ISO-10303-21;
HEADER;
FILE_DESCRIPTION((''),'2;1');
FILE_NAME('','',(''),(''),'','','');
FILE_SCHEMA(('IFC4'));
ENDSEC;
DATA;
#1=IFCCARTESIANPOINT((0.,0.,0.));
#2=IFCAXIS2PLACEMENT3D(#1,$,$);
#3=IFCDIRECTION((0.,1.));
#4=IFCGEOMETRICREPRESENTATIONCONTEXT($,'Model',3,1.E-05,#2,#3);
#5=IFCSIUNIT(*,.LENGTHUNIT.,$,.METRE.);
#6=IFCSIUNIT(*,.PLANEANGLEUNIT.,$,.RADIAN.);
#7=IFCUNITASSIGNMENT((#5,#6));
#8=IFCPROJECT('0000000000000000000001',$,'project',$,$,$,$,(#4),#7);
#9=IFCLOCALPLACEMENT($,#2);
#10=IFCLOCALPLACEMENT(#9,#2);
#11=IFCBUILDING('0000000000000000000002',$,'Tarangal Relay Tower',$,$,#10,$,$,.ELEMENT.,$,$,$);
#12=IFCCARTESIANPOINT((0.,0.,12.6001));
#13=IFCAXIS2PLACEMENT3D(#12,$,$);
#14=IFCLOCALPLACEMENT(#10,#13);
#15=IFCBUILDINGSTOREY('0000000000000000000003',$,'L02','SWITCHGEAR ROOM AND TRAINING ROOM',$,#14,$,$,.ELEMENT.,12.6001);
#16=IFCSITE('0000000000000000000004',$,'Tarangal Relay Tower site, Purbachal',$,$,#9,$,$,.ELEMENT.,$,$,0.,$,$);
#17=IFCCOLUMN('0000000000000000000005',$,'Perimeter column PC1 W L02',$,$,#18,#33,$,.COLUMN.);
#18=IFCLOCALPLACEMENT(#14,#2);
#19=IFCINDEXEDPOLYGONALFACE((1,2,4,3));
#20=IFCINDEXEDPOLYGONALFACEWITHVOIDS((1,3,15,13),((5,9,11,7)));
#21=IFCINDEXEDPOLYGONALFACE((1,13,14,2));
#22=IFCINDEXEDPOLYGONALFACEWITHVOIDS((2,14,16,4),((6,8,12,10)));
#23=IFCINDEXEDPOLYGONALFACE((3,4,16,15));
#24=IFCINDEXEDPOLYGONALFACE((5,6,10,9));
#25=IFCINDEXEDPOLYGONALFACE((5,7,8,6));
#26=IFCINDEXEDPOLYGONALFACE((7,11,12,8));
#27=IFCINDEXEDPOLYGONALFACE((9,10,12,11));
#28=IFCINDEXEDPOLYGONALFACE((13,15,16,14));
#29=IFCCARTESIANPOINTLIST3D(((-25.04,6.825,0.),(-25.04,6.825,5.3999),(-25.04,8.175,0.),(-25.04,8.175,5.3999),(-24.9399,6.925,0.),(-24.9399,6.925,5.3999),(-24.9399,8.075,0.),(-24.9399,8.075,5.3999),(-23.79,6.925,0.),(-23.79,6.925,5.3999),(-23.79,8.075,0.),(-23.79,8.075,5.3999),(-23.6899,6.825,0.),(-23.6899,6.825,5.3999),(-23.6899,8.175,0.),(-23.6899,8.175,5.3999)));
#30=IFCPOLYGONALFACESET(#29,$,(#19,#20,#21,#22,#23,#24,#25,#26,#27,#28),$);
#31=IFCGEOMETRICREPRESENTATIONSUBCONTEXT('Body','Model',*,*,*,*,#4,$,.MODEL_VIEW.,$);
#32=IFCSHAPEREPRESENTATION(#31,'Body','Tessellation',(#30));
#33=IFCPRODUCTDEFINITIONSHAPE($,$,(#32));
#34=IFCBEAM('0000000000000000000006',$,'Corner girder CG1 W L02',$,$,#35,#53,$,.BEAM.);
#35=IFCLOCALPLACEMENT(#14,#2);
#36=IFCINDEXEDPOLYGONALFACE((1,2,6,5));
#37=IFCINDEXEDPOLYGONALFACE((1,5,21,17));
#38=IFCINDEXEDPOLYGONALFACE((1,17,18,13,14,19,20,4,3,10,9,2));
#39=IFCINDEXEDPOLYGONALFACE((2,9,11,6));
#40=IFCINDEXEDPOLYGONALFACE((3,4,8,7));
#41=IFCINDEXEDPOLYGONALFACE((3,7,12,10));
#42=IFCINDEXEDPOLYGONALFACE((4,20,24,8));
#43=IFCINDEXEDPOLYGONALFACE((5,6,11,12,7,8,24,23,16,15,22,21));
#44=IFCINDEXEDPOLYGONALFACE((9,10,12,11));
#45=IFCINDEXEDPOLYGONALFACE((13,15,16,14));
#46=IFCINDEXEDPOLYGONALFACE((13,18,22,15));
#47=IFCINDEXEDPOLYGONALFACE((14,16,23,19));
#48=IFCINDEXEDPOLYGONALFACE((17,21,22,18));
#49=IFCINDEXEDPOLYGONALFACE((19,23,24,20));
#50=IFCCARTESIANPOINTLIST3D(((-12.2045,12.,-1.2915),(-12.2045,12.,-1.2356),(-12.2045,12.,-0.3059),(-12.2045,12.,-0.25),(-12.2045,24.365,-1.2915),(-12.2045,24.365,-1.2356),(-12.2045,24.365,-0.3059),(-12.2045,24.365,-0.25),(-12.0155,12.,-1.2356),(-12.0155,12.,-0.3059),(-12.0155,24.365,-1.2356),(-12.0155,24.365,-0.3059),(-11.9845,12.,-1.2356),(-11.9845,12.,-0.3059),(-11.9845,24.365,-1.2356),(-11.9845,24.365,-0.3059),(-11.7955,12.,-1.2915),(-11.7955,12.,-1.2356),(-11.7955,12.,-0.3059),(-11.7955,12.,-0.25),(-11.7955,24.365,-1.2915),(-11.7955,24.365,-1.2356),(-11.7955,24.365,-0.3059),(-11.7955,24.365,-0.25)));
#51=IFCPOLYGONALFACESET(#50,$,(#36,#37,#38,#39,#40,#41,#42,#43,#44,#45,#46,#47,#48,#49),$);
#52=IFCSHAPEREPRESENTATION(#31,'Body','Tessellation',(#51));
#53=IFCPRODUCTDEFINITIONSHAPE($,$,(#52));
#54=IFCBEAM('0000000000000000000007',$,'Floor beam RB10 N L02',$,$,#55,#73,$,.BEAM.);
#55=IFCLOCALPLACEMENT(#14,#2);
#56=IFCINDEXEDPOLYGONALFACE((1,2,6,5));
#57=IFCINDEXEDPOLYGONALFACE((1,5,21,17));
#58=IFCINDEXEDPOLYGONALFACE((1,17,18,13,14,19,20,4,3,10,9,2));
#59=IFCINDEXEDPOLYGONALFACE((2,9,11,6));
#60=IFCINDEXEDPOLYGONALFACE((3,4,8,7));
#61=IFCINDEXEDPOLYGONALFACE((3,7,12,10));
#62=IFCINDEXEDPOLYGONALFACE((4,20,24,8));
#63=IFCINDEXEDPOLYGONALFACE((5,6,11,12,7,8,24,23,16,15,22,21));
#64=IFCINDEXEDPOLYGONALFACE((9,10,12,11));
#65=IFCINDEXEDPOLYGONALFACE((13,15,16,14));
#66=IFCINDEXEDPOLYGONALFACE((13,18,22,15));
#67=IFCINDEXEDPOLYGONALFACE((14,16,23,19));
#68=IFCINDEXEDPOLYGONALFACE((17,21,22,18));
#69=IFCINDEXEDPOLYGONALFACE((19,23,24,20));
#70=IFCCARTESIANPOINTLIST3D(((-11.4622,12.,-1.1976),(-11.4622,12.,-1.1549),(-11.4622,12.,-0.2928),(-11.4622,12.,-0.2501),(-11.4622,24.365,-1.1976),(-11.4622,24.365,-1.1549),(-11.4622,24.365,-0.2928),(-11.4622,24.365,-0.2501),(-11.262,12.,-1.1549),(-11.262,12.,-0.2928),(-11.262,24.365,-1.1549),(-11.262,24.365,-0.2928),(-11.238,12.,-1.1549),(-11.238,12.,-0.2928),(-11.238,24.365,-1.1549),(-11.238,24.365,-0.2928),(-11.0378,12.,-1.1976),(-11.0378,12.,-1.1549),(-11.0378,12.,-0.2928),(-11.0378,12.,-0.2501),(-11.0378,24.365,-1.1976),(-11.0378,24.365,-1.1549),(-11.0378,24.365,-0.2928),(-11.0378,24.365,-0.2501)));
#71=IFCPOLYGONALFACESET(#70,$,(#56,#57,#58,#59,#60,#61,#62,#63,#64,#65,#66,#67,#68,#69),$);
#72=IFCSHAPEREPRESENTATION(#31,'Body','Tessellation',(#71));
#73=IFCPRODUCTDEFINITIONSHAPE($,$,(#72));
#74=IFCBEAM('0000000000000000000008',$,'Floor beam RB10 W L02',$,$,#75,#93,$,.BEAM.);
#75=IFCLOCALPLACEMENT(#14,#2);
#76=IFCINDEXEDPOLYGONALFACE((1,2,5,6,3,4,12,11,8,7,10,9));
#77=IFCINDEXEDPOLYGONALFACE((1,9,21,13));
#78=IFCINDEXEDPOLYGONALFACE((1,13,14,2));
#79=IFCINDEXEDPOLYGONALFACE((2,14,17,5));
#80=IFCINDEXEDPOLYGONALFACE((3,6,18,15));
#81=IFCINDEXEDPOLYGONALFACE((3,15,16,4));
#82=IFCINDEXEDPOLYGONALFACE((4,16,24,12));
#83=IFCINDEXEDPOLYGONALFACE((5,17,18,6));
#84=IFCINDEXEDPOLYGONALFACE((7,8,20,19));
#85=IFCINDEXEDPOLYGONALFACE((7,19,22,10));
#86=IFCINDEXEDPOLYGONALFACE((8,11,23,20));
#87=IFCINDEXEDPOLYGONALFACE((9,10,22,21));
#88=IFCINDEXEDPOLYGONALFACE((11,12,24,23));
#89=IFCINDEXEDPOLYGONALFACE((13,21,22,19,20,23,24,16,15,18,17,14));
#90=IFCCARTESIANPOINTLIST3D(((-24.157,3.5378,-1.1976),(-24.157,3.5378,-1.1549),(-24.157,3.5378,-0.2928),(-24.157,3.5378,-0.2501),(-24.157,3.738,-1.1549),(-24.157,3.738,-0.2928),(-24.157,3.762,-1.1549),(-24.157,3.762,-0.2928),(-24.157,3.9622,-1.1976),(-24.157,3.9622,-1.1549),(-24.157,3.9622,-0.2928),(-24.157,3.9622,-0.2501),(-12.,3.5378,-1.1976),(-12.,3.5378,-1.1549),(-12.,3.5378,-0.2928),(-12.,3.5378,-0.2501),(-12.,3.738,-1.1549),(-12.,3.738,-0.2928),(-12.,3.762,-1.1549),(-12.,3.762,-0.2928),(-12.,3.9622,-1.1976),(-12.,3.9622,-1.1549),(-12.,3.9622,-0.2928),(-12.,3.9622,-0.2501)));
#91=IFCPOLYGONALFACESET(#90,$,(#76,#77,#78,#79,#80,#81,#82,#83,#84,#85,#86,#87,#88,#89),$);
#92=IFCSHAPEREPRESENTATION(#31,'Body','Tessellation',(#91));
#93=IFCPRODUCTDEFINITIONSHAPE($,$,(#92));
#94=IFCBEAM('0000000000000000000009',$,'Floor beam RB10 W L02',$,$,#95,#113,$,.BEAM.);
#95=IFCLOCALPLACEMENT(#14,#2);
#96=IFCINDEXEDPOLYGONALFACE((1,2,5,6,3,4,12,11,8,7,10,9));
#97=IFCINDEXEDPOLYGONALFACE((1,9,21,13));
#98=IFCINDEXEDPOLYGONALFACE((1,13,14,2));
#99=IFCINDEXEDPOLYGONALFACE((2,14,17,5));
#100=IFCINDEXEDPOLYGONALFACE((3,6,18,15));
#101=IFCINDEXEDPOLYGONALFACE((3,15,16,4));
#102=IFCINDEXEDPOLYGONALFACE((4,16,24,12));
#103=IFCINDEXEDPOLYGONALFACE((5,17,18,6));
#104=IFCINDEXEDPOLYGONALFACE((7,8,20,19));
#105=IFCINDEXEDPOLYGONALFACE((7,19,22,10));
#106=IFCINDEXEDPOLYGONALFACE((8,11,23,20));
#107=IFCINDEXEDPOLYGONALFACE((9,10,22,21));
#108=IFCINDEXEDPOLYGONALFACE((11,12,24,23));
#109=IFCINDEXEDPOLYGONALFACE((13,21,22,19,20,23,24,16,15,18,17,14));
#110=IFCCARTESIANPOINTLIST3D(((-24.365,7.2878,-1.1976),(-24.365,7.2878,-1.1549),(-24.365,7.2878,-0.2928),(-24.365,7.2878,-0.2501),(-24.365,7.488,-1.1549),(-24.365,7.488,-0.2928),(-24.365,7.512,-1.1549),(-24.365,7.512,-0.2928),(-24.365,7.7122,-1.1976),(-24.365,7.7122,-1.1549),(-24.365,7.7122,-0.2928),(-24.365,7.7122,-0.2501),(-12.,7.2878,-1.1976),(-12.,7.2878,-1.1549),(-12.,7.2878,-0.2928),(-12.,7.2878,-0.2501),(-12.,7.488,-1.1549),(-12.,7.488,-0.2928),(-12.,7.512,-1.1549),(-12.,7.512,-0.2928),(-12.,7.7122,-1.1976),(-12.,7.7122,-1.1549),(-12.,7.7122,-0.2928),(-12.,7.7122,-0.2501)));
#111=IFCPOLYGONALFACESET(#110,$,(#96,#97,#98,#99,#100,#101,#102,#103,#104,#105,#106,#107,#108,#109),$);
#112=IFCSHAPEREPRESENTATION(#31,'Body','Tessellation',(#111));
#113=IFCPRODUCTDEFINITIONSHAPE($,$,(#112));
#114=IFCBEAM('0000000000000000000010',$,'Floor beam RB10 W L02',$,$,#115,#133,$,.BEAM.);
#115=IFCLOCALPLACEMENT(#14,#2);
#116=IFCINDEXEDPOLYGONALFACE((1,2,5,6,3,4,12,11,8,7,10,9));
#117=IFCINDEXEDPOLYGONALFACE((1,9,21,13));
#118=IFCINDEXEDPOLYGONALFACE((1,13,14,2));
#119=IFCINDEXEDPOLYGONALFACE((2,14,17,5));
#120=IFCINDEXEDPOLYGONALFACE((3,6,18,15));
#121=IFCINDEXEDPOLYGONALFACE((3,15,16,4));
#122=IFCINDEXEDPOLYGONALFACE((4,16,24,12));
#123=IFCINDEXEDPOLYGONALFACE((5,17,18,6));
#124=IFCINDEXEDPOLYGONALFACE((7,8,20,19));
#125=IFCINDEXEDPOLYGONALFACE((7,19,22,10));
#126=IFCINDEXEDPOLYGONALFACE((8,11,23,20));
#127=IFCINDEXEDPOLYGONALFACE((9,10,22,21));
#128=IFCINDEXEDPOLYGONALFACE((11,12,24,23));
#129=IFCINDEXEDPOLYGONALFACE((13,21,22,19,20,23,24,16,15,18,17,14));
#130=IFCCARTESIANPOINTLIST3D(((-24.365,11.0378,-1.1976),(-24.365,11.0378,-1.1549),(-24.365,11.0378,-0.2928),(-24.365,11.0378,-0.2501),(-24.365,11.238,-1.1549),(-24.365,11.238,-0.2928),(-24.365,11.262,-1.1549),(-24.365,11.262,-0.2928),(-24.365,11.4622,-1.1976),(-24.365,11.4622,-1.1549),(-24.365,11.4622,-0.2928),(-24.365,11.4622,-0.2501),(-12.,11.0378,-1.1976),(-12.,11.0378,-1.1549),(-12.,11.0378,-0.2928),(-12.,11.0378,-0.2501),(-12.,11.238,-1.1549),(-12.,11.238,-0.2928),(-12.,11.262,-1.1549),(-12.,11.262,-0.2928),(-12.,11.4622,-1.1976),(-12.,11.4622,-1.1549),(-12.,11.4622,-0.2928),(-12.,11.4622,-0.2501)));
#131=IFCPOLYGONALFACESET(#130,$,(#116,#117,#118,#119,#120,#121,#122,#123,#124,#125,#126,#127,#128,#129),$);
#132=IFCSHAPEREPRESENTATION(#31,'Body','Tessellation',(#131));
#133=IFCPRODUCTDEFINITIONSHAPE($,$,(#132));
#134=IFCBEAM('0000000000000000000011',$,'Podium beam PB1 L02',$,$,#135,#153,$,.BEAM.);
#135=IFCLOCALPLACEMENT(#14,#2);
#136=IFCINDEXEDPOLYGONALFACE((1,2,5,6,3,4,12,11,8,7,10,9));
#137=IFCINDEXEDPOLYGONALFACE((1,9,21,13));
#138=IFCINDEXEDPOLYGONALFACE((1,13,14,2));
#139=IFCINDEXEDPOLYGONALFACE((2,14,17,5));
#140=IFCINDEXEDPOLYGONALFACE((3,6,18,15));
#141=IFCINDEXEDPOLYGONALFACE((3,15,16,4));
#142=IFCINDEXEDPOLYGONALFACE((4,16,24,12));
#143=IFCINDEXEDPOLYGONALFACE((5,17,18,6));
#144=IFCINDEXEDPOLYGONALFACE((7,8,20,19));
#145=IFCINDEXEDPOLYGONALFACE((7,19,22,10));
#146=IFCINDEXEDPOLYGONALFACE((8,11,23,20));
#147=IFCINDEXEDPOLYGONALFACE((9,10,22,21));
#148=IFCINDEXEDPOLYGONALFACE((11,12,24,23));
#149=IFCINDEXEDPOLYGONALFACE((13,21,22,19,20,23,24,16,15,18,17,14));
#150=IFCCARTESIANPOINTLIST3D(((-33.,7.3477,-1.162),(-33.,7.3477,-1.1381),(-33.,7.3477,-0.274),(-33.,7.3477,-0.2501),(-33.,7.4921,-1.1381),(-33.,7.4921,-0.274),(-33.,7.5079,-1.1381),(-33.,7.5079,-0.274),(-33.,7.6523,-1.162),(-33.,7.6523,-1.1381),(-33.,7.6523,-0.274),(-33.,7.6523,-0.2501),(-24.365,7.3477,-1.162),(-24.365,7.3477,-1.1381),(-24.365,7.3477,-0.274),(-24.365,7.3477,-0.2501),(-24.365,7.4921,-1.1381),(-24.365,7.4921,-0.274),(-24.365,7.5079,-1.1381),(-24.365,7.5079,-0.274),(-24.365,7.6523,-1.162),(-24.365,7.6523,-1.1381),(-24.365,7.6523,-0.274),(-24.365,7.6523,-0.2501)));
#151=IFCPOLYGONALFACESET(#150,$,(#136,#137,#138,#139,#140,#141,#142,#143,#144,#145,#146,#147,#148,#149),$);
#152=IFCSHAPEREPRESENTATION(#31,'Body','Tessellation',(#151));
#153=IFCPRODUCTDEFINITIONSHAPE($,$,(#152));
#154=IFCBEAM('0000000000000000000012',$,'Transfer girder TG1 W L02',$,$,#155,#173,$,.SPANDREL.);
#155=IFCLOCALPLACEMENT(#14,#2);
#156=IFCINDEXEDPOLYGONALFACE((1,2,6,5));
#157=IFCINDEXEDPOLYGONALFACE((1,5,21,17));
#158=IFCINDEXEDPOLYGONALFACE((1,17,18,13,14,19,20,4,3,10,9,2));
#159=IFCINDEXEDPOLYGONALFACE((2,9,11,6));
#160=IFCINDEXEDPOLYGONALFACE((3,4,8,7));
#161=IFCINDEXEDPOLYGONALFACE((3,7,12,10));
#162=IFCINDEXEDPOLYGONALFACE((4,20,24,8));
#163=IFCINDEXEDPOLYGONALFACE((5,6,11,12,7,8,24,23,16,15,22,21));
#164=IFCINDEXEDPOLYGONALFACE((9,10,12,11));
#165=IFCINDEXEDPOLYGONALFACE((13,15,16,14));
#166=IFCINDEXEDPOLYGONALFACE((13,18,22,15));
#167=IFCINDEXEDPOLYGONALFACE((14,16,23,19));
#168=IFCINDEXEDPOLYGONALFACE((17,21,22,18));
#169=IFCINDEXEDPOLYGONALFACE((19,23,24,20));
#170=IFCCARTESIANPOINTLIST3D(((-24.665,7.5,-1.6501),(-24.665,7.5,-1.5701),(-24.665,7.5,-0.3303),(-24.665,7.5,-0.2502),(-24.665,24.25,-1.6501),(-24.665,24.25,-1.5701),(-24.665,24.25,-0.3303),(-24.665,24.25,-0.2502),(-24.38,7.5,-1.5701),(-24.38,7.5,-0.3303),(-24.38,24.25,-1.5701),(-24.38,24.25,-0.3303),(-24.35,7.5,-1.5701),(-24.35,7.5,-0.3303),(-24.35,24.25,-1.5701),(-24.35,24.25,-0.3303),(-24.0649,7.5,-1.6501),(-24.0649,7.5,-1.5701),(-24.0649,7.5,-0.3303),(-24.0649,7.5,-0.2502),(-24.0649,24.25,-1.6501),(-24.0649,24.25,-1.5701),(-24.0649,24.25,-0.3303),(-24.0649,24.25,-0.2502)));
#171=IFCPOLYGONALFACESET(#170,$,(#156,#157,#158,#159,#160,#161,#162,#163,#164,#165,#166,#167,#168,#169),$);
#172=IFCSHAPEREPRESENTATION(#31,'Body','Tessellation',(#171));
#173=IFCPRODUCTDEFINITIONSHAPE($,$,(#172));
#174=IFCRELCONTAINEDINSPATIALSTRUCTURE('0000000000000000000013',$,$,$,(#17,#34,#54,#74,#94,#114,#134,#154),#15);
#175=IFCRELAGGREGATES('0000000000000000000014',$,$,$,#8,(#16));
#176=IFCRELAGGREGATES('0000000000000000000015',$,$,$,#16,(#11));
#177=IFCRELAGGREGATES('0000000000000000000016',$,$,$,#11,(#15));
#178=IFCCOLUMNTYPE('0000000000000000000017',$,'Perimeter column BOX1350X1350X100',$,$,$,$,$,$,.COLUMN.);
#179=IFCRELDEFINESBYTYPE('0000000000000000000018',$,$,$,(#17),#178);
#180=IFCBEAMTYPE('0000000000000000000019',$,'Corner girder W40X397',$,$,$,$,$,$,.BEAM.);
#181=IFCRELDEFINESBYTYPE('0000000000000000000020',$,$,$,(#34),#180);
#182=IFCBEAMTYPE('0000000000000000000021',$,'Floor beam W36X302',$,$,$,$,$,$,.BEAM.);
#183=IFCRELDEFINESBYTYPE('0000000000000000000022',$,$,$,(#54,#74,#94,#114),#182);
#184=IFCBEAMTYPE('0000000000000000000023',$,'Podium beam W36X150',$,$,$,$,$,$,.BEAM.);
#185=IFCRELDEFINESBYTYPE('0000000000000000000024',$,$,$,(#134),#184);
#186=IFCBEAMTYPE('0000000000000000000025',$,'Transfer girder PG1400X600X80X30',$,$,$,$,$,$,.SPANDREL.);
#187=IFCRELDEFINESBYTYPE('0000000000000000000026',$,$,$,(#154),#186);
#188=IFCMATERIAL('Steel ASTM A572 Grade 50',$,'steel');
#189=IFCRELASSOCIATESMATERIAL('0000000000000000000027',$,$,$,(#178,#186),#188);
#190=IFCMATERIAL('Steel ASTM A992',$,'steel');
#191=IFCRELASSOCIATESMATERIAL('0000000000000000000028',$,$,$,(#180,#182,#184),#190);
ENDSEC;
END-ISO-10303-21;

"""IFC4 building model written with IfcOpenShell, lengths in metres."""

from ifc_helpers import new_model, si_unit, direction, frame, origin, origin_2d, place, context, subcontext, project, spatial, hollow_rectangle, i_section, extrude, material, material_profile, profile_set, type_object, element, save


model = new_model("IFC4")

# Units and contexts
model_context = context("Model", 3, precision=1e-05, world=origin(), true_north=direction((0.0, 1.0)))
body_context = subcontext(model_context, "Body", "Model", "MODEL_VIEW")
ifc_project = project(units=[si_unit("LENGTHUNIT", "METRE"), si_unit("PLANEANGLEUNIT", "RADIAN")], contexts=[model_context])

# Site, building, storey
site_placement = place(None, origin())
site = spatial("IfcSite", under=ifc_project, at=site_placement, Name="Tarangal Relay Tower site, Purbachal", CompositionType="ELEMENT", RefElevation=0.0)
building_placement = place(site_placement, origin())
building = spatial("IfcBuilding", under=site, at=building_placement, Name="Tarangal Relay Tower", CompositionType="ELEMENT")
storey_placement = place(building_placement, frame((0.0, 0.0, 12.6001)))
storey = spatial("IfcBuildingStorey", under=building, at=storey_placement, Name="L02", Description="SWITCHGEAR ROOM AND TRAINING ROOM", CompositionType="ELEMENT", Elevation=12.6001)

# Column
ifc_material_1 = material(Name="Steel ASTM A572 Grade 50", Category="steel")
ifc_material_profile_1 = material_profile(ifc_material_1, hollow_rectangle(XDim=1.3501, YDim=1.3501, WallThickness=0.1001, at=origin_2d()), Name="BOX1350X1350X100")
ifc_profile_set_1 = profile_set([ifc_material_profile_1], Name="Steel ASTM A572 Grade 50")
column_type = type_object("IfcColumnType", Name="Perimeter column BOX1350X1350X100", PredefinedType="COLUMN", material=ifc_profile_set_1)
column_placement = place(storey_placement, frame((-24.365, 7.5, 0.0), z_axis=(0.0, 0.0, 1.0), x_axis=(1.0, 0.0, 0.0)))
element("IfcColumn", 1, at=column_placement, inside=storey, type_object=column_type, Name="Perimeter column PC1 W L02", PredefinedType="COLUMN", context=body_context, shape_type="SweptSolid", body=[
    extrude(hollow_rectangle(XDim=1.3501, YDim=1.3501, WallThickness=0.1001, at=origin_2d()), origin(), (0.0, 0.0, 1.0), 5.3999),
])

# Beams
ifc_material_2 = material(Name="Steel ASTM A992", Category="steel")
ifc_material_profile_2 = material_profile(ifc_material_2, i_section(OverallWidth=0.4089, OverallDepth=1.0415, WebThickness=0.031, FlangeThickness=0.0559, at=origin_2d()), Name="W40X397")
ifc_profile_set_2 = profile_set([ifc_material_profile_2], Name="Steel ASTM A992")
beam_type_1 = type_object("IfcBeamType", Name="Corner girder W40X397", PredefinedType="BEAM", material=ifc_profile_set_2)
beam_1_placement = place(storey_placement, frame((-12.0, 12.0, -0.7708), z_axis=(0.0, 1.0, 0.0), x_axis=(-1.0, 0.0, 0.0)))
element("IfcBeam", 2, at=beam_1_placement, inside=storey, type_object=beam_type_1, Name="Corner girder CG1 W L02", PredefinedType="BEAM", context=body_context, shape_type="SweptSolid", body=[
    extrude(i_section(OverallWidth=0.4089, OverallDepth=1.0415, WebThickness=0.031, FlangeThickness=0.0559, at=origin_2d()), origin(), (0.0, 0.0, 1.0), 12.365),
])
ifc_material_profile_3 = material_profile(ifc_material_2, i_section(OverallWidth=0.4243, OverallDepth=0.9475, WebThickness=0.0239, FlangeThickness=0.0427, at=origin_2d()), Name="W36X302")
ifc_profile_set_3 = profile_set([ifc_material_profile_3], Name="Steel ASTM A992")
beam_type_2 = type_object("IfcBeamType", Name="Floor beam W36X302", PredefinedType="BEAM", material=ifc_profile_set_3)
beam_2_placement = place(storey_placement, frame((-11.25, 12.0, -0.7239), z_axis=(0.0, 1.0, 0.0), x_axis=(-1.0, 0.0, 0.0)))
element("IfcBeam", 3, at=beam_2_placement, inside=storey, type_object=beam_type_2, Name="Floor beam RB10 N L02", PredefinedType="BEAM", context=body_context, shape_type="SweptSolid", body=[
    extrude(i_section(OverallWidth=0.4243, OverallDepth=0.9475, WebThickness=0.0239, FlangeThickness=0.0427, at=origin_2d()), origin(), (0.0, 0.0, 1.0), 12.365),
])
beam_3_placement = place(storey_placement, frame((-12.0, 3.75, -0.7239), z_axis=(-1.0, 0.0, 0.0), x_axis=(0.0, -1.0, 0.0)))
element("IfcBeam", 4, at=beam_3_placement, inside=storey, type_object=beam_type_2, Name="Floor beam RB10 W L02", PredefinedType="BEAM", context=body_context, shape_type="SweptSolid", body=[
    extrude(i_section(OverallWidth=0.4243, OverallDepth=0.9475, WebThickness=0.0239, FlangeThickness=0.0427, at=origin_2d()), origin(), (0.0, 0.0, 1.0), 12.157),
])
for number, where, z_axis, x_axis, name in (
    (5, (-12.0, 7.5, -0.7239), (-1.0, 0.0, 0.0), (0.0, -1.0, 0.0), "Floor beam RB10 W L02"),
    (6, (-12.0, 11.25, -0.7239), (-1.0, 0.0, 0.0), (0.0, -1.0, 0.0), "Floor beam RB10 W L02"),
):
    element("IfcBeam", number, at=place(storey_placement, frame(where, z_axis=z_axis, x_axis=x_axis)), inside=storey, type_object=beam_type_2, Name=name, PredefinedType="BEAM", context=body_context, shape_type="SweptSolid", body=[
        extrude(i_section(OverallWidth=0.4243, OverallDepth=0.9475, WebThickness=0.0239, FlangeThickness=0.0427, at=origin_2d()), origin(), (0.0, 0.0, 1.0), 12.365),
    ])
ifc_material_profile_4 = material_profile(ifc_material_2, i_section(OverallWidth=0.3047, OverallDepth=0.9119, WebThickness=0.0159, FlangeThickness=0.0239, at=origin_2d()), Name="W36X150")
ifc_profile_set_4 = profile_set([ifc_material_profile_4], Name="Steel ASTM A992")
beam_type_3 = type_object("IfcBeamType", Name="Podium beam W36X150", PredefinedType="BEAM", material=ifc_profile_set_4)
beam_4_placement = place(storey_placement, frame((-24.365, 7.5, -0.7061), z_axis=(-1.0, 0.0, 0.0), x_axis=(0.0, -1.0, 0.0)))
element("IfcBeam", 7, at=beam_4_placement, inside=storey, type_object=beam_type_3, Name="Podium beam PB1 L02", PredefinedType="BEAM", context=body_context, shape_type="SweptSolid", body=[
    extrude(i_section(OverallWidth=0.3047, OverallDepth=0.9119, WebThickness=0.0159, FlangeThickness=0.0239, at=origin_2d()), origin(), (0.0, 0.0, 1.0), 8.635),
])
ifc_material_profile_5 = material_profile(ifc_material_1, i_section(OverallWidth=0.6001, OverallDepth=1.3999, WebThickness=0.03, FlangeThickness=0.0801, at=origin_2d()), Name="PG1400X600X80X30")
ifc_profile_set_5 = profile_set([ifc_material_profile_5], Name="Steel ASTM A572 Grade 50")
beam_type_4 = type_object("IfcBeamType", Name="Transfer girder PG1400X600X80X30", PredefinedType="SPANDREL", material=ifc_profile_set_5)
beam_5_placement = place(storey_placement, frame((-24.365, 7.5, -0.9502), z_axis=(0.0, 1.0, 0.0), x_axis=(-1.0, 0.0, 0.0)))
element("IfcBeam", 8, at=beam_5_placement, inside=storey, type_object=beam_type_4, Name="Transfer girder TG1 W L02", PredefinedType="SPANDREL", context=body_context, shape_type="SweptSolid", body=[
    extrude(i_section(OverallWidth=0.6001, OverallDepth=1.3999, WebThickness=0.03, FlangeThickness=0.0801, at=origin_2d()), origin(), (0.0, 0.0, 1.0), 16.75),
])

save(model, "model.ifc")
